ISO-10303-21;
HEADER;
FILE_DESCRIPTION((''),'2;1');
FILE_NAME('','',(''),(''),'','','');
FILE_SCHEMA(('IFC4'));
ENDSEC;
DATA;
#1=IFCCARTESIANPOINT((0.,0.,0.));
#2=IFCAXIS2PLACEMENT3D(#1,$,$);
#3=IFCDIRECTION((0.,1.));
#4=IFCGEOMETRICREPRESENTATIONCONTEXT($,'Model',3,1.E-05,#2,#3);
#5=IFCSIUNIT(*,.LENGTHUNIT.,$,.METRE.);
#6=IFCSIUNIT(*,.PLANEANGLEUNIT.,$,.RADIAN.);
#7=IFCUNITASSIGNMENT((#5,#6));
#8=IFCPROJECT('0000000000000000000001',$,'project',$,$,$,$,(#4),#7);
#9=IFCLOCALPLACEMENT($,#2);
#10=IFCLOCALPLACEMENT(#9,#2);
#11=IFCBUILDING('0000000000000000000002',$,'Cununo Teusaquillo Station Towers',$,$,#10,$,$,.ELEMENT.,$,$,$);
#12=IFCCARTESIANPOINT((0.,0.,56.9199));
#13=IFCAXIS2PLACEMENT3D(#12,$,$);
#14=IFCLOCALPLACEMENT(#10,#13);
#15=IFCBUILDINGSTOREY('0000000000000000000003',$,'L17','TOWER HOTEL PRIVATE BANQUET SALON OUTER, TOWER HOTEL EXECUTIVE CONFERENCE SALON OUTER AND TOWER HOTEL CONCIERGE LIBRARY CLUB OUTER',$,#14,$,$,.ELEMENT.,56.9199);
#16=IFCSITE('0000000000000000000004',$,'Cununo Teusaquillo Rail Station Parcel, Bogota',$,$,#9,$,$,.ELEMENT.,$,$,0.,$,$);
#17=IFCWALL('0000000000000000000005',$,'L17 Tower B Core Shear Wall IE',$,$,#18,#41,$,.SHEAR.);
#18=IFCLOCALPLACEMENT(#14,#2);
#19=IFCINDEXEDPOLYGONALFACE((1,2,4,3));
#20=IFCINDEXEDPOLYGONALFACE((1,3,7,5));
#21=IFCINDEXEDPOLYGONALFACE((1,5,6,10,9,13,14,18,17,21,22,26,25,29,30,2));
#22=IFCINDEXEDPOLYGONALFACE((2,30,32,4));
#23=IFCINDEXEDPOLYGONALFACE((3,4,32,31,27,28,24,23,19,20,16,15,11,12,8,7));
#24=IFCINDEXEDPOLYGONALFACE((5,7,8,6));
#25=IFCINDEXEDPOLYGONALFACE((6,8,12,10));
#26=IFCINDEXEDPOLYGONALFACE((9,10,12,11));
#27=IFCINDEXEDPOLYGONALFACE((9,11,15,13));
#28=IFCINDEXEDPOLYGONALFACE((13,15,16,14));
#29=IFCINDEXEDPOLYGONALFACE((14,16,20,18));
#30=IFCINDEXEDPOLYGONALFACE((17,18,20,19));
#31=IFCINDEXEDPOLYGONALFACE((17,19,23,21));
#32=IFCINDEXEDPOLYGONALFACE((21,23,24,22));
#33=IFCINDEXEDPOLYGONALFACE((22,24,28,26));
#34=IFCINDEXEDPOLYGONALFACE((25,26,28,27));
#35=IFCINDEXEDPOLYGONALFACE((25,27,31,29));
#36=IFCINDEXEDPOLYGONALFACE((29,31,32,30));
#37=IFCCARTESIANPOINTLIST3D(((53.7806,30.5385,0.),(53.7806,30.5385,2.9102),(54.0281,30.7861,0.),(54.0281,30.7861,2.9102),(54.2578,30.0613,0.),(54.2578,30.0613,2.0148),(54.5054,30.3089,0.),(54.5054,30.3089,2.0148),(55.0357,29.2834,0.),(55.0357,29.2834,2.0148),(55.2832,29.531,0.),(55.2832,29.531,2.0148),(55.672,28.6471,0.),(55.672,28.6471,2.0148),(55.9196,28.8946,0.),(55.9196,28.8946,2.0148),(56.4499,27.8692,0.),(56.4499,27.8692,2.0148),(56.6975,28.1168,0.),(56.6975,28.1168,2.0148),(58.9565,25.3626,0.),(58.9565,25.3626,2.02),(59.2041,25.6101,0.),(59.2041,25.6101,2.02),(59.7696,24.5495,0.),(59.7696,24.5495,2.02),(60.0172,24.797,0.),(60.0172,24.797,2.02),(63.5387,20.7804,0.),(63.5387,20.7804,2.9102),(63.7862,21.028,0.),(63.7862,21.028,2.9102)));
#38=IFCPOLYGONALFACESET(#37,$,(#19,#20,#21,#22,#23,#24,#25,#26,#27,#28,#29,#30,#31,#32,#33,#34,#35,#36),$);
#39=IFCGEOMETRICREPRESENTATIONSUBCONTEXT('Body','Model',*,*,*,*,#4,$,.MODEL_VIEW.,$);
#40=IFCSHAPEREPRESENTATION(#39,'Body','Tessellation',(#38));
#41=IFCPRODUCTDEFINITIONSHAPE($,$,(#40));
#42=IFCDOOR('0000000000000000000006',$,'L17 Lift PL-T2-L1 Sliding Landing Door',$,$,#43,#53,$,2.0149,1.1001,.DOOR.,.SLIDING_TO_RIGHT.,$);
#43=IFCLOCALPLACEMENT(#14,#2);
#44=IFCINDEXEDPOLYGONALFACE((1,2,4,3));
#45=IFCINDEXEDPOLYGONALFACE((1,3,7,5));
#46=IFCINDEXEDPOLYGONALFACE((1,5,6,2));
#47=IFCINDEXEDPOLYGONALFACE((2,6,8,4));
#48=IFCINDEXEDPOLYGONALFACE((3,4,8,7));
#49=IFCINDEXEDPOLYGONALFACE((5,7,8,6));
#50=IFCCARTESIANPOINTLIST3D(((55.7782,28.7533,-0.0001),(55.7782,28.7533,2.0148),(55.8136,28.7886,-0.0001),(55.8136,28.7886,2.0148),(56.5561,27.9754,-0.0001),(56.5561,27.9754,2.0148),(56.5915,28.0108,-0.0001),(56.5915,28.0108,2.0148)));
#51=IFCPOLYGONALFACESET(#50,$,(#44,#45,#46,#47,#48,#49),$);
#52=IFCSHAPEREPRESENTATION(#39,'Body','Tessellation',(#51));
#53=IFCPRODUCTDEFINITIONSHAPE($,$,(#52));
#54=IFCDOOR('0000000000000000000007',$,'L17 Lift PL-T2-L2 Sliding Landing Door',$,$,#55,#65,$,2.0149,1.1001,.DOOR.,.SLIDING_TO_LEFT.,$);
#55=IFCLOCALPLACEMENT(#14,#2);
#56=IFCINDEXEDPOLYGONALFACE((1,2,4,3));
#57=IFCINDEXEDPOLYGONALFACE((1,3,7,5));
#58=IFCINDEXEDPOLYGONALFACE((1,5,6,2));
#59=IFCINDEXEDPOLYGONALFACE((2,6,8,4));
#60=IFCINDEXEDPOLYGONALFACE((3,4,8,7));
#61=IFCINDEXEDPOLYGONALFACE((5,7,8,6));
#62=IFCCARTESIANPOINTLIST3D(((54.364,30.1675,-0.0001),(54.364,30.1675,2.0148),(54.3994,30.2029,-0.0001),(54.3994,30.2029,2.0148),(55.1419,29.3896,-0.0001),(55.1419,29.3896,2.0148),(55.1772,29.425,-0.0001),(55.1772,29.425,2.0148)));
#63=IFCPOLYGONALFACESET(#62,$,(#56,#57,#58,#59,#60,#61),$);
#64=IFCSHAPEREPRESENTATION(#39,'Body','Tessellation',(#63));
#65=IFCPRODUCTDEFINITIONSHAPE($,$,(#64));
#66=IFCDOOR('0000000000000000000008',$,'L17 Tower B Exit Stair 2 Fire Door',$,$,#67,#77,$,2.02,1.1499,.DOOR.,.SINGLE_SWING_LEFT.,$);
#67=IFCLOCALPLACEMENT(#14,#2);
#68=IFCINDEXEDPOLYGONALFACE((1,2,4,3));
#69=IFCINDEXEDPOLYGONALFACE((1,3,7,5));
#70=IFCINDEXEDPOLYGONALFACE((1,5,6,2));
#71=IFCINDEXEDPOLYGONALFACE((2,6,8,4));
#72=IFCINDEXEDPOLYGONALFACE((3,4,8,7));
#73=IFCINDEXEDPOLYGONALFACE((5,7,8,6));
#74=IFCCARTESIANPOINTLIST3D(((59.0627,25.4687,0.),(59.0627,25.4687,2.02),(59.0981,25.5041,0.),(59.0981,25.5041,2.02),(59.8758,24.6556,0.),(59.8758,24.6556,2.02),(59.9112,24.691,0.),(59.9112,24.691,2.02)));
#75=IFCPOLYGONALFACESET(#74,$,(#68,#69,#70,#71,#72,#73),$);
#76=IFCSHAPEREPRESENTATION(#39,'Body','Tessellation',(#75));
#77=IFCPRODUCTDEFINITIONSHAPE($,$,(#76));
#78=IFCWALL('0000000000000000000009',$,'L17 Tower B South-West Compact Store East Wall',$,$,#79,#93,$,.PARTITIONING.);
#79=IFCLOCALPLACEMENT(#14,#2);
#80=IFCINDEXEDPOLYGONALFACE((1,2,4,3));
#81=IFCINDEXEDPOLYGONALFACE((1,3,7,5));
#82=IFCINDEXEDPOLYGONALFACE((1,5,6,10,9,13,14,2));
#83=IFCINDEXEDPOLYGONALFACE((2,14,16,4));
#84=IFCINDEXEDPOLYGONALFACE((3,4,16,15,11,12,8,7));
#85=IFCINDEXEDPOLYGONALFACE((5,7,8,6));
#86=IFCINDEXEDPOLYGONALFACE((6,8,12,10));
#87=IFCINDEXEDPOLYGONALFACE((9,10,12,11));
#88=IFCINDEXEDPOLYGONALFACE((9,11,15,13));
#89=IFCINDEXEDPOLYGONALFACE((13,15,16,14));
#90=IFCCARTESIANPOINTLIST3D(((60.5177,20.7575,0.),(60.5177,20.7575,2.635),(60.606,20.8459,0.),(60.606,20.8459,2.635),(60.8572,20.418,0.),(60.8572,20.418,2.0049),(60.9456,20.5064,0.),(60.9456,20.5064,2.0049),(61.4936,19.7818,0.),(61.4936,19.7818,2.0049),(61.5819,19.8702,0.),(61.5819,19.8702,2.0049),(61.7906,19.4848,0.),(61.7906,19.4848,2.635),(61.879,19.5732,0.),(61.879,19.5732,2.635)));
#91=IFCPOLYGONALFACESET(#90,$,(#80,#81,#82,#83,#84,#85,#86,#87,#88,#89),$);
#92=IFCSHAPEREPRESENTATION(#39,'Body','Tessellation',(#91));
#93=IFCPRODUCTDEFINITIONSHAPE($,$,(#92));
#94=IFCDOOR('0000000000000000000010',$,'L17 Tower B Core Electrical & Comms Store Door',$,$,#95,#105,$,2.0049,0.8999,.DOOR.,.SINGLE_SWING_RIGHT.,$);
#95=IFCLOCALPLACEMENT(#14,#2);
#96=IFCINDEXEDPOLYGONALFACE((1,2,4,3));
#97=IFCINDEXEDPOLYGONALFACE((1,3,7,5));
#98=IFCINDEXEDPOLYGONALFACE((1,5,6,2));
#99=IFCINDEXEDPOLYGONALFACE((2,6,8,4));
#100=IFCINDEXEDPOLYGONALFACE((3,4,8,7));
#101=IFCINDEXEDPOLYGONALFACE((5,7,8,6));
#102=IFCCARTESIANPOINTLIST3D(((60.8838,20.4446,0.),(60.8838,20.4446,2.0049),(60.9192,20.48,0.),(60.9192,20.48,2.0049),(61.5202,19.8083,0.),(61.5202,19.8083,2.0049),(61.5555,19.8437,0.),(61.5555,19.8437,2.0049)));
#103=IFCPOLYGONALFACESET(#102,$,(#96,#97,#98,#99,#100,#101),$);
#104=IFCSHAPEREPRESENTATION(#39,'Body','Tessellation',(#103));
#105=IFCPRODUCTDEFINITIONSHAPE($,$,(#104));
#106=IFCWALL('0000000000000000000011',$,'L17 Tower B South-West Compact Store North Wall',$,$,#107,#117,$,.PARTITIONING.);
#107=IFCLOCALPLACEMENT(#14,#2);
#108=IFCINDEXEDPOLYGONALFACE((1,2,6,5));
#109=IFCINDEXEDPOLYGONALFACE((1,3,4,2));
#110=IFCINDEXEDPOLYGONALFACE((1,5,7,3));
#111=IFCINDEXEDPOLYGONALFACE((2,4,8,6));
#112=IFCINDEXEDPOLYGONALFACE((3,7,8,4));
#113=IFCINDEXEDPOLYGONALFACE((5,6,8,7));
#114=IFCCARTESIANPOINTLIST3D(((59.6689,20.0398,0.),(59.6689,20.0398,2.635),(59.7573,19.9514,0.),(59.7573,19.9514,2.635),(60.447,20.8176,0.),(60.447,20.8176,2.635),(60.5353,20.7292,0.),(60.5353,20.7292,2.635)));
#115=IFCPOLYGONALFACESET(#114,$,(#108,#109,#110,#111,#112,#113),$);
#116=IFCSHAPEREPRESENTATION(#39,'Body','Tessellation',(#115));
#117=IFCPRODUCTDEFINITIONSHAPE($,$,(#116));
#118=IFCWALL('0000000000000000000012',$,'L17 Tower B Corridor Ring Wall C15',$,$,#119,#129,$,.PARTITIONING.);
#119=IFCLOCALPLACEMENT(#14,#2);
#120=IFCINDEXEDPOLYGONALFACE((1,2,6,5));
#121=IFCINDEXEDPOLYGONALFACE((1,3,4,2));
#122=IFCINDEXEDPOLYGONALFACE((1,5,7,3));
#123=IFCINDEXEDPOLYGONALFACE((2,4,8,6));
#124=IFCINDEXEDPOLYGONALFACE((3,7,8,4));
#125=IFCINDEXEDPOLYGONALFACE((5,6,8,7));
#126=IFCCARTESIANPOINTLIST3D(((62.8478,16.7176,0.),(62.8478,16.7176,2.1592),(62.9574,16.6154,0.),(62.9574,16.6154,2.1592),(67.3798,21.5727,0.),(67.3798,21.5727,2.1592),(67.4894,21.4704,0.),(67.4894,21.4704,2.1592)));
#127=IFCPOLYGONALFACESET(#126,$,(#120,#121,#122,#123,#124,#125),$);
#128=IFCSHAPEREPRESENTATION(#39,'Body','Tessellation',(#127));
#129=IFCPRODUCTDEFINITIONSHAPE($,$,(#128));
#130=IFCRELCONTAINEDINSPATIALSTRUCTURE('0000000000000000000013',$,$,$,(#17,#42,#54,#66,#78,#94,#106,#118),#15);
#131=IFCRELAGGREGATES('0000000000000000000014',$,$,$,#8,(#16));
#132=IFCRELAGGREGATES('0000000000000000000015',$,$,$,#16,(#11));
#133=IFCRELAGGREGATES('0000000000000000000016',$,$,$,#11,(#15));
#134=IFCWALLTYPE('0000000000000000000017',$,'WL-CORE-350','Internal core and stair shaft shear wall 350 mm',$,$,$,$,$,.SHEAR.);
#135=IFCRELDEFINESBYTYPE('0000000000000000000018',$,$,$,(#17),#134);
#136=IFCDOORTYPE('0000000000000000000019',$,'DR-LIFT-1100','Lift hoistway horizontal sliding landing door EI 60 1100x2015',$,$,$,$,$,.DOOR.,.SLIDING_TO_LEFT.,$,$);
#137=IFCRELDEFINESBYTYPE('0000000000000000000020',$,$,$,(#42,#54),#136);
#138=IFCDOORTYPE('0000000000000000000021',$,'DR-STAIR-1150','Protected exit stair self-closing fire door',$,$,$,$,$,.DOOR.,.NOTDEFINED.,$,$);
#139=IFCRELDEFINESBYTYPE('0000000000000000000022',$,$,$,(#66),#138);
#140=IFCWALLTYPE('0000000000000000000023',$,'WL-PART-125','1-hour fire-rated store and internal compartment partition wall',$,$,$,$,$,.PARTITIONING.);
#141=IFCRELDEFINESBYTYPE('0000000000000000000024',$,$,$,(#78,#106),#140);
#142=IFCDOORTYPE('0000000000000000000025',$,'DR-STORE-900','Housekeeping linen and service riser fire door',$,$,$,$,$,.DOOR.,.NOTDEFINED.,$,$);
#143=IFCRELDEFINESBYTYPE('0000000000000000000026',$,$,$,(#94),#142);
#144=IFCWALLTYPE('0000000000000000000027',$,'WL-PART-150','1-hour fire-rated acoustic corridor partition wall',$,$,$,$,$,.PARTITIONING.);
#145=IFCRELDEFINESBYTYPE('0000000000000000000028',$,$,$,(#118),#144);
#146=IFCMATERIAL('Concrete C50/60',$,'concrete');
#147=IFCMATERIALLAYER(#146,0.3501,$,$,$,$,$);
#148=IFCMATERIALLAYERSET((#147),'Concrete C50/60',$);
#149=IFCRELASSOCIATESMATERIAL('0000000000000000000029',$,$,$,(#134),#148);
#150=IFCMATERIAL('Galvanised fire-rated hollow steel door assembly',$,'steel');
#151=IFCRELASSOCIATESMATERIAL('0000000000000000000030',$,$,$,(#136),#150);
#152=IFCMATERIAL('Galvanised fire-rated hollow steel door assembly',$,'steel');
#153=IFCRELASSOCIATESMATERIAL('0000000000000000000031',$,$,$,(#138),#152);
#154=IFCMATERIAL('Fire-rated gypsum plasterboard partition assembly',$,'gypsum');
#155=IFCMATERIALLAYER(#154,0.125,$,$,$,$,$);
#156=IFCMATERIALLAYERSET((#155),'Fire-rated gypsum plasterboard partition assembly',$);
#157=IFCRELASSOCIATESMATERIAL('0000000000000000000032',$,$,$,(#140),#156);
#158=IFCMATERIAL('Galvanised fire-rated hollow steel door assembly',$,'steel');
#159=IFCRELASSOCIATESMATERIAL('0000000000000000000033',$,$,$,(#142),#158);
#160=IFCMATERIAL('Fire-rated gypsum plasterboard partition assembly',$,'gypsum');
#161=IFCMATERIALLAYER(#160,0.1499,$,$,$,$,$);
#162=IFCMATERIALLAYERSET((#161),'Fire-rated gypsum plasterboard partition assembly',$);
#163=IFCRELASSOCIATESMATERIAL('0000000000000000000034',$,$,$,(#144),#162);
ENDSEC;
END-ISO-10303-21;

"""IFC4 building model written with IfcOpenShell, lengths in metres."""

from ifc_helpers import new_model, si_unit, direction, frame, frame_2d, origin, place, context, subcontext, project, spatial, rectangle, extrude, source, transform, mapped, material, layer, layer_set, type_object, element, fill, save


model = new_model("IFC4")

# Units and contexts
model_context = context("Model", 3, precision=1e-05, world=origin(), true_north=direction((0.0, 1.0)))
body_context = subcontext(model_context, "Body", "Model", "MODEL_VIEW")
ifc_project = project(units=[si_unit("LENGTHUNIT", "METRE"), si_unit("PLANEANGLEUNIT", "RADIAN")], contexts=[model_context])

# Site, building, storey
site_placement = place(None, origin())
site = spatial("IfcSite", under=ifc_project, at=site_placement, Name="Cununo Teusaquillo Rail Station Parcel, Bogota", CompositionType="ELEMENT", RefElevation=0.0)
building_placement = place(site_placement, origin())
building = spatial("IfcBuilding", under=site, at=building_placement, Name="Cununo Teusaquillo Station Towers", CompositionType="ELEMENT")
storey_placement = place(building_placement, frame((0.0, 0.0, 56.9199)))
storey = spatial("IfcBuildingStorey", under=building, at=storey_placement, Name="L17", Description="TOWER HOTEL PRIVATE BANQUET SALON OUTER, TOWER HOTEL EXECUTIVE CONFERENCE SALON OUTER AND TOWER HOTEL CONCIERGE LIBRARY CLUB OUTER", CompositionType="ELEMENT", Elevation=56.9199)

# Wall, openings, doors
ifc_material_1 = material(Name="Concrete C50/60", Category="concrete")
ifc_layer_1 = layer(ifc_material_1, 0.3501)
ifc_layer_set_1 = layer_set([ifc_layer_1], Name="Concrete C50/60")
wall_type_1 = type_object("IfcWallType", Name="WL-CORE-350", Description="Internal core and stair shaft shear wall 350 mm", PredefinedType="SHEAR", material=ifc_layer_set_1)
shared_shape_1 = source(origin(), body_context, "Body", "SweptSolid", [
    extrude(rectangle(XDim=1.1001, YDim=2.0149, at=frame_2d((0.55, 1.0073))), frame((0.0, 0.1851, 0.0), z_axis=(0.0, -1.0, 0.0), x_axis=(1.0, 0.0, 0.0)), (0.0, 0.0, 1.0), 0.3701),
])
shared_shape_2 = source(origin(), body_context, "Body", "SweptSolid", [
    extrude(rectangle(XDim=1.1499, YDim=2.02, at=frame_2d((0.575, 1.01))), frame((0.0, 0.1851, 0.0), z_axis=(0.0, -1.0, 0.0), x_axis=(1.0, 0.0, 0.0)), (0.0, 0.0, 1.0), 0.3701),
])
ifc_material_2 = material(Name="Galvanised fire-rated hollow steel door assembly", Category="steel")
door_type_1 = type_object("IfcDoorType", Name="DR-LIFT-1100", Description="Lift hoistway horizontal sliding landing door EI 60 1100x2015", OperationType="SLIDING_TO_LEFT", PredefinedType="DOOR", material=ifc_material_2)
shared_shape_3 = source(origin(), body_context, "Body", "SweptSolid", [
    extrude(rectangle(XDim=1.1001, YDim=2.0149, at=frame_2d((0.55, 1.0073))), frame((0.0, 0.0249, 0.0), z_axis=(0.0, -1.0, 0.0), x_axis=(1.0, 0.0, 0.0)), (0.0, 0.0, 1.0), 0.05),
])
ifc_material_3 = material(Name="Galvanised fire-rated hollow steel door assembly", Category="steel")
door_type_2 = type_object("IfcDoorType", Name="DR-STAIR-1150", Description="Protected exit stair self-closing fire door", OperationType="NOTDEFINED", PredefinedType="DOOR", material=ifc_material_3)
shared_shape_4 = source(origin(), body_context, "Body", "SweptSolid", [
    extrude(rectangle(XDim=1.1499, YDim=2.02, at=frame_2d((0.575, 1.01))), frame((0.0, 0.0249, 0.0), z_axis=(0.0, -1.0, 0.0), x_axis=(1.0, 0.0, 0.0)), (0.0, 0.0, 1.0), 0.05),
])
wall_1_placement = place(storey_placement, frame((63.6624, 20.9043, 0.0), z_axis=(0.0, 0.0, 1.0), x_axis=(-0.707107, 0.707107, 0.0)))
wall_1 = element("IfcWall", 1, at=wall_1_placement, inside=storey, type_object=wall_type_1, Name="L17 Tower B Core Shear Wall IE", PredefinedType="SHEAR", context=body_context, shape_type="SweptSolid", body=[
    extrude(rectangle(XDim=13.8, YDim=0.3501, at=frame_2d((6.8999, 0.0))), origin(), (0.0, 0.0, 1.0), 2.9102),
])
opening_1_placement = place(wall_1_placement, frame((10.0249, 0.0, 0.0)))
opening_1 = element("IfcOpeningElement", 2, at=opening_1_placement, cuts=wall_1, PredefinedType="OPENING", context=body_context, shape_type="MappedRepresentation", body=[
    mapped(shared_shape_1, transform((0.0, 0.0, 0.0), x_axis=(1.0, 0.0, 0.0), y_axis=(0.0, 1.0, 0.0), z_axis=(0.0, 0.0, 1.0), scale=1.0)),
])
opening_2_placement = place(wall_1_placement, frame((12.0249, 0.0, 0.0)))
opening_2 = element("IfcOpeningElement", 3, at=opening_2_placement, cuts=wall_1, PredefinedType="OPENING", context=body_context, shape_type="MappedRepresentation", body=[
    mapped(shared_shape_1, transform((0.0, 0.0, 0.0), x_axis=(1.0, 0.0, 0.0), y_axis=(0.0, 1.0, 0.0), z_axis=(0.0, 0.0, 1.0), scale=1.0)),
])
opening_3_placement = place(wall_1_placement, frame((5.3301, 0.0, 0.0)))
opening_3 = element("IfcOpeningElement", 4, at=opening_3_placement, cuts=wall_1, PredefinedType="OPENING", context=body_context, shape_type="MappedRepresentation", body=[
    mapped(shared_shape_2, transform((0.0, 0.0, 0.0), x_axis=(1.0, 0.0, 0.0), y_axis=(0.0, 1.0, 0.0), z_axis=(0.0, 0.0, 1.0), scale=1.0)),
])
door_1_placement = place(opening_1_placement, origin())
door_1 = element("IfcDoor", 5, at=door_1_placement, inside=storey, type_object=door_type_1, Name="L17 Lift PL-T2-L1 Sliding Landing Door", OperationType="SLIDING_TO_RIGHT", OverallHeight=2.0149, OverallWidth=1.1001, PredefinedType="DOOR", context=body_context, shape_type="MappedRepresentation", body=[
    mapped(shared_shape_3, transform((0.0, 0.0, 0.0), x_axis=(1.0, 0.0, 0.0), y_axis=(0.0, 1.0, 0.0), z_axis=(0.0, 0.0, 1.0), scale=1.0)),
])
fill(opening_1, door_1)
door_2_placement = place(opening_2_placement, origin())
door_2 = element("IfcDoor", 6, at=door_2_placement, inside=storey, type_object=door_type_1, Name="L17 Lift PL-T2-L2 Sliding Landing Door", OperationType="SLIDING_TO_LEFT", OverallHeight=2.0149, OverallWidth=1.1001, PredefinedType="DOOR", context=body_context, shape_type="MappedRepresentation", body=[
    mapped(shared_shape_3, transform((0.0, 0.0, 0.0), x_axis=(1.0, 0.0, 0.0), y_axis=(0.0, 1.0, 0.0), z_axis=(0.0, 0.0, 1.0), scale=1.0)),
])
fill(opening_2, door_2)
door_3_placement = place(opening_3_placement, origin())
door_3 = element("IfcDoor", 7, at=door_3_placement, inside=storey, type_object=door_type_2, Name="L17 Tower B Exit Stair 2 Fire Door", OperationType="SINGLE_SWING_LEFT", OverallHeight=2.02, OverallWidth=1.1499, PredefinedType="DOOR", context=body_context, shape_type="MappedRepresentation", body=[
    mapped(shared_shape_4, transform((0.0, 0.0, 0.0), x_axis=(1.0, 0.0, 0.0), y_axis=(0.0, 1.0, 0.0), z_axis=(0.0, 0.0, 1.0), scale=1.0)),
])
fill(opening_3, door_3)

# Wall, opening, door
ifc_material_4 = material(Name="Fire-rated gypsum plasterboard partition assembly", Category="gypsum")
ifc_layer_2 = layer(ifc_material_4, 0.125)
ifc_layer_set_2 = layer_set([ifc_layer_2], Name="Fire-rated gypsum plasterboard partition assembly")
wall_type_2 = type_object("IfcWallType", Name="WL-PART-125", Description="1-hour fire-rated store and internal compartment partition wall", PredefinedType="PARTITIONING", material=ifc_layer_set_2)
wall_2_placement = place(storey_placement, frame((61.8347, 19.5291, 0.0), z_axis=(0.0, 0.0, 1.0), x_axis=(-0.707175, 0.707039, 0.0)))
wall_2 = element("IfcWall", 8, at=wall_2_placement, inside=storey, type_object=wall_type_2, Name="L17 Tower B South-West Compact Store East Wall", PredefinedType="PARTITIONING", context=body_context, shape_type="SweptSolid", body=[
    extrude(rectangle(XDim=1.8, YDim=0.125, at=frame_2d((0.8999, 0.0))), origin(), (0.0, 0.0, 1.0), 2.635),
])
shared_shape_5 = source(origin(), body_context, "Body", "SweptSolid", [
    extrude(rectangle(XDim=0.8999, YDim=2.0049, at=frame_2d((0.45, 1.0024))), frame((0.0, 0.0725, 0.0), z_axis=(0.0, -1.0, 0.0), x_axis=(1.0, 0.0, 0.0)), (0.0, 0.0, 1.0), 0.145),
])
opening_4_placement = place(wall_2_placement, frame((0.4199, 0.0, 0.0)))
opening_4 = element("IfcOpeningElement", 9, at=opening_4_placement, cuts=wall_2, PredefinedType="OPENING", context=body_context, shape_type="MappedRepresentation", body=[
    mapped(shared_shape_5, transform((0.0, 0.0, 0.0), x_axis=(1.0, 0.0, 0.0), y_axis=(0.0, 1.0, 0.0), z_axis=(0.0, 0.0, 1.0), scale=1.0)),
])
ifc_material_5 = material(Name="Galvanised fire-rated hollow steel door assembly", Category="steel")
door_type_3 = type_object("IfcDoorType", Name="DR-STORE-900", Description="Housekeeping linen and service riser fire door", OperationType="NOTDEFINED", PredefinedType="DOOR", material=ifc_material_5)
shared_shape_6 = source(origin(), body_context, "Body", "SweptSolid", [
    extrude(rectangle(XDim=0.8999, YDim=2.0049, at=frame_2d((0.45, 1.0024))), frame((0.0, 0.0249, 0.0), z_axis=(0.0, -1.0, 0.0), x_axis=(1.0, 0.0, 0.0)), (0.0, 0.0, 1.0), 0.05),
])
door_4_placement = place(opening_4_placement, origin())
door_4 = element("IfcDoor", 10, at=door_4_placement, inside=storey, type_object=door_type_3, Name="L17 Tower B Core Electrical & Comms Store Door", OperationType="SINGLE_SWING_RIGHT", OverallHeight=2.0049, OverallWidth=0.8999, PredefinedType="DOOR", context=body_context, shape_type="MappedRepresentation", body=[
    mapped(shared_shape_6, transform((0.0, 0.0, 0.0), x_axis=(1.0, 0.0, 0.0), y_axis=(0.0, 1.0, 0.0), z_axis=(0.0, 0.0, 1.0), scale=1.0)),
])
fill(opening_4, door_4)

# Walls
wall_3_placement = place(storey_placement, frame((59.7131, 19.9956, 0.0), z_axis=(0.0, 0.0, 1.0), x_axis=(0.707218, 0.706996, 0.0)))
element("IfcWall", 11, at=wall_3_placement, inside=storey, type_object=wall_type_2, Name="L17 Tower B South-West Compact Store North Wall", PredefinedType="PARTITIONING", context=body_context, shape_type="SweptSolid", body=[
    extrude(rectangle(XDim=1.1001, YDim=0.125, at=frame_2d((0.55, 0.0))), origin(), (0.0, 0.0, 1.0), 2.635),
])
ifc_material_6 = material(Name="Fire-rated gypsum plasterboard partition assembly", Category="gypsum")
ifc_layer_3 = layer(ifc_material_6, 0.1499)
ifc_layer_set_3 = layer_set([ifc_layer_3], Name="Fire-rated gypsum plasterboard partition assembly")
wall_type_3 = type_object("IfcWallType", Name="WL-PART-150", Description="1-hour fire-rated acoustic corridor partition wall", PredefinedType="PARTITIONING", material=ifc_layer_set_3)
wall_4_placement = place(storey_placement, frame((62.9026, 16.6665, 0.0), z_axis=(0.0, 0.0, 1.0), x_axis=(0.682372, 0.731005, 0.0)))
element("IfcWall", 12, at=wall_4_placement, inside=storey, type_object=wall_type_3, Name="L17 Tower B Corridor Ring Wall C15", PredefinedType="PARTITIONING", context=body_context, shape_type="SweptSolid", body=[
    extrude(rectangle(XDim=6.6416, YDim=0.1499, at=frame_2d((3.3208, 0.0))), origin(), (0.0, 0.0, 1.0), 2.1592),
])

save(model, "model.ifc")
